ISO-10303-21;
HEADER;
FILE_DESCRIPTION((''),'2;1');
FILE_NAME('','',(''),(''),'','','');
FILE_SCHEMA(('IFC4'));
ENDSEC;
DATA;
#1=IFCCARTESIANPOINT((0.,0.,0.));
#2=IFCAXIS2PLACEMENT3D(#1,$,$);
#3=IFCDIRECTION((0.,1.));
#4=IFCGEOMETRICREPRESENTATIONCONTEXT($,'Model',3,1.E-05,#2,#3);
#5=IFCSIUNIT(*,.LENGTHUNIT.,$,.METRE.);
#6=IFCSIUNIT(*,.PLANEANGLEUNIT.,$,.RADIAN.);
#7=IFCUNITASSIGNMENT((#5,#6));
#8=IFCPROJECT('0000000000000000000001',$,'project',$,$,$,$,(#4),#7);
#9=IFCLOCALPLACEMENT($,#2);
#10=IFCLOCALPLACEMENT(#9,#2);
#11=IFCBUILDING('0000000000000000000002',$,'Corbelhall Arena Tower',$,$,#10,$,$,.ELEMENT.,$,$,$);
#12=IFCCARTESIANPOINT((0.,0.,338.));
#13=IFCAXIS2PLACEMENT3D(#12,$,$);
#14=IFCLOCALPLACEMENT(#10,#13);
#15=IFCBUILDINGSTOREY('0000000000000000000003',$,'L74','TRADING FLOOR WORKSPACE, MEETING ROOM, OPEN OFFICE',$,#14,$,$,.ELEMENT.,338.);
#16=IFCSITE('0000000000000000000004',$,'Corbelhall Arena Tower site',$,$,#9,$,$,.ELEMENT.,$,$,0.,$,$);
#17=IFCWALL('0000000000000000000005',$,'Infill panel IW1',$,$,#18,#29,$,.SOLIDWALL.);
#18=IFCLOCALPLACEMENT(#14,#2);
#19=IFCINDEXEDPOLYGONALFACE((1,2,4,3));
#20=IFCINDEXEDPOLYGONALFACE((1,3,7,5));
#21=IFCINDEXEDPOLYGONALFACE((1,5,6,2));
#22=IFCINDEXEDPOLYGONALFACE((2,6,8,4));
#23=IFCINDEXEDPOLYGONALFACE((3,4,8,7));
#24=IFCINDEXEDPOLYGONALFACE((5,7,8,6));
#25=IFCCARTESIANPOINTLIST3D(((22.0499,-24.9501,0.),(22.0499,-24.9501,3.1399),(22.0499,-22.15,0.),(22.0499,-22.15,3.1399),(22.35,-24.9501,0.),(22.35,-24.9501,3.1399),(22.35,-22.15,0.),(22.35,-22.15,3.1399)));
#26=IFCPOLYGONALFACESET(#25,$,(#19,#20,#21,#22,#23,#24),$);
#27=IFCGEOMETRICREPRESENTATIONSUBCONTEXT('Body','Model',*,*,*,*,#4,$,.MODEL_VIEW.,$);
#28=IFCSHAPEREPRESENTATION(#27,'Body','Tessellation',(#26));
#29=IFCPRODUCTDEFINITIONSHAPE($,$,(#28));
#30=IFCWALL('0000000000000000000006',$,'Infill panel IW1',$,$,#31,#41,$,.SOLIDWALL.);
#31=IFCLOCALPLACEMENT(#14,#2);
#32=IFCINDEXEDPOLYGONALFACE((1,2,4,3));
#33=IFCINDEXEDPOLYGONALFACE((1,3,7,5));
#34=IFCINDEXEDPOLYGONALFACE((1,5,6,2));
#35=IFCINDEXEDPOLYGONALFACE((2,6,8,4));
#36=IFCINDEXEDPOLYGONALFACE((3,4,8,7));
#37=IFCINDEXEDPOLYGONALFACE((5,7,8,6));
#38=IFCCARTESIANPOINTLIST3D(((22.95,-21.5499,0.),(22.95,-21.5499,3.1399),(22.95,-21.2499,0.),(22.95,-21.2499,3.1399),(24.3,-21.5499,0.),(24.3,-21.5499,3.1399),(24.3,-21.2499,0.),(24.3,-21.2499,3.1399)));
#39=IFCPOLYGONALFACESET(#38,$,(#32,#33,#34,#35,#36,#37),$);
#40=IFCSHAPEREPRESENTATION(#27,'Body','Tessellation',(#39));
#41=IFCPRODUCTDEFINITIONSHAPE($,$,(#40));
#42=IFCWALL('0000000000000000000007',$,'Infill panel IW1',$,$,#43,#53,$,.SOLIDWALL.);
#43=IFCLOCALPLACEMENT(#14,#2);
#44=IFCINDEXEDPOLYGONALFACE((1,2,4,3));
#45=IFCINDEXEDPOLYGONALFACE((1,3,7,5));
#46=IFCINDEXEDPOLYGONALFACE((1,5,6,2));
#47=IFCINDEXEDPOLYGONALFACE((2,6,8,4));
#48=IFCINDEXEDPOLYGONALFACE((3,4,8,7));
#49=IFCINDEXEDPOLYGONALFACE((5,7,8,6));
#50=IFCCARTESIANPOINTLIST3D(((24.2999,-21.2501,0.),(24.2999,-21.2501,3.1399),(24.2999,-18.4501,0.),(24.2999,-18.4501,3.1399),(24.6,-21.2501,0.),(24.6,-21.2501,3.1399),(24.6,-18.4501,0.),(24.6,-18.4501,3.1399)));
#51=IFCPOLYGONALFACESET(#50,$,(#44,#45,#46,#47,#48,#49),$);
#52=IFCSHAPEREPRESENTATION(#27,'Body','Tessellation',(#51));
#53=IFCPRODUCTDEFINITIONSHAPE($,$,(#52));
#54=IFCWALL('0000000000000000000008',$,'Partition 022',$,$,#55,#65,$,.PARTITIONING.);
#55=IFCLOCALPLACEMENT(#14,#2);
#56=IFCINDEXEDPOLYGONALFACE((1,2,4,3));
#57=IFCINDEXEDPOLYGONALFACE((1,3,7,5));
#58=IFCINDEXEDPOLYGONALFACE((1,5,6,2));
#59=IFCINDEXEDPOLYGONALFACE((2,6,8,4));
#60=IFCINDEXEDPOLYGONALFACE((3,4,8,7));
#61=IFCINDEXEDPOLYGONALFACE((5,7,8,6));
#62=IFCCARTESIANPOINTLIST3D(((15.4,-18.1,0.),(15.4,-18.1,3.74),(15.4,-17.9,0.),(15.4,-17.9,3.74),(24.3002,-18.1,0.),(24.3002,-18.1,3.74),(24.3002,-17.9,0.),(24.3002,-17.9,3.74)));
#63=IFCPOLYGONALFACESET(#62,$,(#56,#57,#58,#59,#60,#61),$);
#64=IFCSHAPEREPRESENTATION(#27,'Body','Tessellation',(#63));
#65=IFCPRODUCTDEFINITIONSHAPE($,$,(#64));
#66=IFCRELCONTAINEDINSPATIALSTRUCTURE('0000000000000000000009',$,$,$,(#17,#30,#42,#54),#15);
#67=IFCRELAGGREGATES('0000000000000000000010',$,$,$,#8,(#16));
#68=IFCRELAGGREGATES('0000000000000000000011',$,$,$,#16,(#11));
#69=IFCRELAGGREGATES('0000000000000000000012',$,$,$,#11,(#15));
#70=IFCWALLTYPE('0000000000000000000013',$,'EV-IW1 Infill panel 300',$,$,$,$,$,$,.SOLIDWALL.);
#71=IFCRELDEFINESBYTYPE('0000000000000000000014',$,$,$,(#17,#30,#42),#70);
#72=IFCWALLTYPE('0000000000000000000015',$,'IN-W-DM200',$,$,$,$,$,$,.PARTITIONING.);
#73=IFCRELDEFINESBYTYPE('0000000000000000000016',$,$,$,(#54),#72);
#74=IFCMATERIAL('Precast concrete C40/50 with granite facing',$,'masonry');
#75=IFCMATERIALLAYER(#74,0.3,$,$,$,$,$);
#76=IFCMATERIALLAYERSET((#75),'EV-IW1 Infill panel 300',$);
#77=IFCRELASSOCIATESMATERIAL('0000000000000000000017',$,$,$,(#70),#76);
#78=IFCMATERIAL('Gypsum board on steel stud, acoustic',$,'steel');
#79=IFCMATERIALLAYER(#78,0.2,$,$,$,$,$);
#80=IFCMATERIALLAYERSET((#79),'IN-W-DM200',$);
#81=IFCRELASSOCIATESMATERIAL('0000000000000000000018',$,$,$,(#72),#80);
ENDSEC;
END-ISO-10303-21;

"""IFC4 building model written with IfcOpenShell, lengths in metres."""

from ifc_helpers import new_model, si_unit, direction, frame, frame_2d, origin, place, context, subcontext, project, spatial, rectangle, extrude, material, layer, layer_set, type_object, element, save


model = new_model("IFC4")

# Units and contexts
model_context = context("Model", 3, precision=1e-05, world=origin(), true_north=direction((0.0, 1.0)))
body_context = subcontext(model_context, "Body", "Model", "MODEL_VIEW")
ifc_project = project(units=[si_unit("LENGTHUNIT", "METRE"), si_unit("PLANEANGLEUNIT", "RADIAN")], contexts=[model_context])

# Site, building, storey
site_placement = place(None, origin())
site = spatial("IfcSite", under=ifc_project, at=site_placement, Name="Corbelhall Arena Tower site", CompositionType="ELEMENT", RefElevation=0.0)
building_placement = place(site_placement, origin())
building = spatial("IfcBuilding", under=site, at=building_placement, Name="Corbelhall Arena Tower", CompositionType="ELEMENT")
storey_placement = place(building_placement, frame((0.0, 0.0, 338.0)))
storey = spatial("IfcBuildingStorey", under=building, at=storey_placement, Name="L74", Description="TRADING FLOOR WORKSPACE, MEETING ROOM, OPEN OFFICE", CompositionType="ELEMENT", Elevation=338.0)

# Shared definitions
ifc_material_1 = material(Name="Precast concrete C40/50 with granite facing", Category="masonry")
ifc_layer_1 = layer(ifc_material_1, 0.3)
ifc_layer_set_1 = layer_set([ifc_layer_1], Name="EV-IW1 Infill panel 300")
wall_type_1 = type_object("IfcWallType", Name="EV-IW1 Infill panel 300", PredefinedType="SOLIDWALL", material=ifc_layer_set_1)

# Walls
wall_1_placement = place(storey_placement, frame((22.2, -24.95, 0.0), z_axis=(0.0, 0.0, 1.0), x_axis=(0.0, 1.0, 0.0)))
element("IfcWall", 1, at=wall_1_placement, inside=storey, type_object=wall_type_1, Name="Infill panel IW1", PredefinedType="SOLIDWALL", context=body_context, shape_type="SweptSolid", body=[
    extrude(rectangle(XDim=2.8, YDim=0.3, at=frame_2d((1.3999, 0.0))), origin(), (0.0, 0.0, 1.0), 3.1399),
])
wall_2_placement = place(storey_placement, frame((22.95, -21.3999, 0.0), z_axis=(0.0, 0.0, 1.0), x_axis=(1.0, 0.0, 0.0)))
element("IfcWall", 2, at=wall_2_placement, inside=storey, type_object=wall_type_1, Name="Infill panel IW1", PredefinedType="SOLIDWALL", context=body_context, shape_type="SweptSolid", body=[
    extrude(rectangle(XDim=1.3501, YDim=0.3, at=frame_2d((0.675, 0.0))), origin(), (0.0, 0.0, 1.0), 3.1399),
])
wall_3_placement = place(storey_placement, frame((24.45, -21.25, 0.0), z_axis=(0.0, 0.0, 1.0), x_axis=(0.0, 1.0, 0.0)))
element("IfcWall", 3, at=wall_3_placement, inside=storey, type_object=wall_type_1, Name="Infill panel IW1", PredefinedType="SOLIDWALL", context=body_context, shape_type="SweptSolid", body=[
    extrude(rectangle(XDim=2.8, YDim=0.3, at=frame_2d((1.3999, 0.0))), origin(), (0.0, 0.0, 1.0), 3.1399),
])

# Shared definitions
ifc_material_2 = material(Name="Gypsum board on steel stud, acoustic", Category="steel")
ifc_layer_2 = layer(ifc_material_2, 0.2)
ifc_layer_set_2 = layer_set([ifc_layer_2], Name="IN-W-DM200")
wall_type_2 = type_object("IfcWallType", Name="IN-W-DM200", PredefinedType="PARTITIONING", material=ifc_layer_set_2)

# Wall
wall_4_placement = place(storey_placement, frame((15.3999, -18.0, 0.0), z_axis=(0.0, 0.0, 1.0), x_axis=(1.0, 0.0, 0.0)))
element("IfcWall", 4, at=wall_4_placement, inside=storey, type_object=wall_type_2, Name="Partition 022", PredefinedType="PARTITIONING", context=body_context, shape_type="SweptSolid", body=[
    extrude(rectangle(XDim=8.9001, YDim=0.2, at=frame_2d((4.4502, 0.0))), origin(), (0.0, 0.0, 1.0), 3.74),
])

save(model, "model.ifc")
